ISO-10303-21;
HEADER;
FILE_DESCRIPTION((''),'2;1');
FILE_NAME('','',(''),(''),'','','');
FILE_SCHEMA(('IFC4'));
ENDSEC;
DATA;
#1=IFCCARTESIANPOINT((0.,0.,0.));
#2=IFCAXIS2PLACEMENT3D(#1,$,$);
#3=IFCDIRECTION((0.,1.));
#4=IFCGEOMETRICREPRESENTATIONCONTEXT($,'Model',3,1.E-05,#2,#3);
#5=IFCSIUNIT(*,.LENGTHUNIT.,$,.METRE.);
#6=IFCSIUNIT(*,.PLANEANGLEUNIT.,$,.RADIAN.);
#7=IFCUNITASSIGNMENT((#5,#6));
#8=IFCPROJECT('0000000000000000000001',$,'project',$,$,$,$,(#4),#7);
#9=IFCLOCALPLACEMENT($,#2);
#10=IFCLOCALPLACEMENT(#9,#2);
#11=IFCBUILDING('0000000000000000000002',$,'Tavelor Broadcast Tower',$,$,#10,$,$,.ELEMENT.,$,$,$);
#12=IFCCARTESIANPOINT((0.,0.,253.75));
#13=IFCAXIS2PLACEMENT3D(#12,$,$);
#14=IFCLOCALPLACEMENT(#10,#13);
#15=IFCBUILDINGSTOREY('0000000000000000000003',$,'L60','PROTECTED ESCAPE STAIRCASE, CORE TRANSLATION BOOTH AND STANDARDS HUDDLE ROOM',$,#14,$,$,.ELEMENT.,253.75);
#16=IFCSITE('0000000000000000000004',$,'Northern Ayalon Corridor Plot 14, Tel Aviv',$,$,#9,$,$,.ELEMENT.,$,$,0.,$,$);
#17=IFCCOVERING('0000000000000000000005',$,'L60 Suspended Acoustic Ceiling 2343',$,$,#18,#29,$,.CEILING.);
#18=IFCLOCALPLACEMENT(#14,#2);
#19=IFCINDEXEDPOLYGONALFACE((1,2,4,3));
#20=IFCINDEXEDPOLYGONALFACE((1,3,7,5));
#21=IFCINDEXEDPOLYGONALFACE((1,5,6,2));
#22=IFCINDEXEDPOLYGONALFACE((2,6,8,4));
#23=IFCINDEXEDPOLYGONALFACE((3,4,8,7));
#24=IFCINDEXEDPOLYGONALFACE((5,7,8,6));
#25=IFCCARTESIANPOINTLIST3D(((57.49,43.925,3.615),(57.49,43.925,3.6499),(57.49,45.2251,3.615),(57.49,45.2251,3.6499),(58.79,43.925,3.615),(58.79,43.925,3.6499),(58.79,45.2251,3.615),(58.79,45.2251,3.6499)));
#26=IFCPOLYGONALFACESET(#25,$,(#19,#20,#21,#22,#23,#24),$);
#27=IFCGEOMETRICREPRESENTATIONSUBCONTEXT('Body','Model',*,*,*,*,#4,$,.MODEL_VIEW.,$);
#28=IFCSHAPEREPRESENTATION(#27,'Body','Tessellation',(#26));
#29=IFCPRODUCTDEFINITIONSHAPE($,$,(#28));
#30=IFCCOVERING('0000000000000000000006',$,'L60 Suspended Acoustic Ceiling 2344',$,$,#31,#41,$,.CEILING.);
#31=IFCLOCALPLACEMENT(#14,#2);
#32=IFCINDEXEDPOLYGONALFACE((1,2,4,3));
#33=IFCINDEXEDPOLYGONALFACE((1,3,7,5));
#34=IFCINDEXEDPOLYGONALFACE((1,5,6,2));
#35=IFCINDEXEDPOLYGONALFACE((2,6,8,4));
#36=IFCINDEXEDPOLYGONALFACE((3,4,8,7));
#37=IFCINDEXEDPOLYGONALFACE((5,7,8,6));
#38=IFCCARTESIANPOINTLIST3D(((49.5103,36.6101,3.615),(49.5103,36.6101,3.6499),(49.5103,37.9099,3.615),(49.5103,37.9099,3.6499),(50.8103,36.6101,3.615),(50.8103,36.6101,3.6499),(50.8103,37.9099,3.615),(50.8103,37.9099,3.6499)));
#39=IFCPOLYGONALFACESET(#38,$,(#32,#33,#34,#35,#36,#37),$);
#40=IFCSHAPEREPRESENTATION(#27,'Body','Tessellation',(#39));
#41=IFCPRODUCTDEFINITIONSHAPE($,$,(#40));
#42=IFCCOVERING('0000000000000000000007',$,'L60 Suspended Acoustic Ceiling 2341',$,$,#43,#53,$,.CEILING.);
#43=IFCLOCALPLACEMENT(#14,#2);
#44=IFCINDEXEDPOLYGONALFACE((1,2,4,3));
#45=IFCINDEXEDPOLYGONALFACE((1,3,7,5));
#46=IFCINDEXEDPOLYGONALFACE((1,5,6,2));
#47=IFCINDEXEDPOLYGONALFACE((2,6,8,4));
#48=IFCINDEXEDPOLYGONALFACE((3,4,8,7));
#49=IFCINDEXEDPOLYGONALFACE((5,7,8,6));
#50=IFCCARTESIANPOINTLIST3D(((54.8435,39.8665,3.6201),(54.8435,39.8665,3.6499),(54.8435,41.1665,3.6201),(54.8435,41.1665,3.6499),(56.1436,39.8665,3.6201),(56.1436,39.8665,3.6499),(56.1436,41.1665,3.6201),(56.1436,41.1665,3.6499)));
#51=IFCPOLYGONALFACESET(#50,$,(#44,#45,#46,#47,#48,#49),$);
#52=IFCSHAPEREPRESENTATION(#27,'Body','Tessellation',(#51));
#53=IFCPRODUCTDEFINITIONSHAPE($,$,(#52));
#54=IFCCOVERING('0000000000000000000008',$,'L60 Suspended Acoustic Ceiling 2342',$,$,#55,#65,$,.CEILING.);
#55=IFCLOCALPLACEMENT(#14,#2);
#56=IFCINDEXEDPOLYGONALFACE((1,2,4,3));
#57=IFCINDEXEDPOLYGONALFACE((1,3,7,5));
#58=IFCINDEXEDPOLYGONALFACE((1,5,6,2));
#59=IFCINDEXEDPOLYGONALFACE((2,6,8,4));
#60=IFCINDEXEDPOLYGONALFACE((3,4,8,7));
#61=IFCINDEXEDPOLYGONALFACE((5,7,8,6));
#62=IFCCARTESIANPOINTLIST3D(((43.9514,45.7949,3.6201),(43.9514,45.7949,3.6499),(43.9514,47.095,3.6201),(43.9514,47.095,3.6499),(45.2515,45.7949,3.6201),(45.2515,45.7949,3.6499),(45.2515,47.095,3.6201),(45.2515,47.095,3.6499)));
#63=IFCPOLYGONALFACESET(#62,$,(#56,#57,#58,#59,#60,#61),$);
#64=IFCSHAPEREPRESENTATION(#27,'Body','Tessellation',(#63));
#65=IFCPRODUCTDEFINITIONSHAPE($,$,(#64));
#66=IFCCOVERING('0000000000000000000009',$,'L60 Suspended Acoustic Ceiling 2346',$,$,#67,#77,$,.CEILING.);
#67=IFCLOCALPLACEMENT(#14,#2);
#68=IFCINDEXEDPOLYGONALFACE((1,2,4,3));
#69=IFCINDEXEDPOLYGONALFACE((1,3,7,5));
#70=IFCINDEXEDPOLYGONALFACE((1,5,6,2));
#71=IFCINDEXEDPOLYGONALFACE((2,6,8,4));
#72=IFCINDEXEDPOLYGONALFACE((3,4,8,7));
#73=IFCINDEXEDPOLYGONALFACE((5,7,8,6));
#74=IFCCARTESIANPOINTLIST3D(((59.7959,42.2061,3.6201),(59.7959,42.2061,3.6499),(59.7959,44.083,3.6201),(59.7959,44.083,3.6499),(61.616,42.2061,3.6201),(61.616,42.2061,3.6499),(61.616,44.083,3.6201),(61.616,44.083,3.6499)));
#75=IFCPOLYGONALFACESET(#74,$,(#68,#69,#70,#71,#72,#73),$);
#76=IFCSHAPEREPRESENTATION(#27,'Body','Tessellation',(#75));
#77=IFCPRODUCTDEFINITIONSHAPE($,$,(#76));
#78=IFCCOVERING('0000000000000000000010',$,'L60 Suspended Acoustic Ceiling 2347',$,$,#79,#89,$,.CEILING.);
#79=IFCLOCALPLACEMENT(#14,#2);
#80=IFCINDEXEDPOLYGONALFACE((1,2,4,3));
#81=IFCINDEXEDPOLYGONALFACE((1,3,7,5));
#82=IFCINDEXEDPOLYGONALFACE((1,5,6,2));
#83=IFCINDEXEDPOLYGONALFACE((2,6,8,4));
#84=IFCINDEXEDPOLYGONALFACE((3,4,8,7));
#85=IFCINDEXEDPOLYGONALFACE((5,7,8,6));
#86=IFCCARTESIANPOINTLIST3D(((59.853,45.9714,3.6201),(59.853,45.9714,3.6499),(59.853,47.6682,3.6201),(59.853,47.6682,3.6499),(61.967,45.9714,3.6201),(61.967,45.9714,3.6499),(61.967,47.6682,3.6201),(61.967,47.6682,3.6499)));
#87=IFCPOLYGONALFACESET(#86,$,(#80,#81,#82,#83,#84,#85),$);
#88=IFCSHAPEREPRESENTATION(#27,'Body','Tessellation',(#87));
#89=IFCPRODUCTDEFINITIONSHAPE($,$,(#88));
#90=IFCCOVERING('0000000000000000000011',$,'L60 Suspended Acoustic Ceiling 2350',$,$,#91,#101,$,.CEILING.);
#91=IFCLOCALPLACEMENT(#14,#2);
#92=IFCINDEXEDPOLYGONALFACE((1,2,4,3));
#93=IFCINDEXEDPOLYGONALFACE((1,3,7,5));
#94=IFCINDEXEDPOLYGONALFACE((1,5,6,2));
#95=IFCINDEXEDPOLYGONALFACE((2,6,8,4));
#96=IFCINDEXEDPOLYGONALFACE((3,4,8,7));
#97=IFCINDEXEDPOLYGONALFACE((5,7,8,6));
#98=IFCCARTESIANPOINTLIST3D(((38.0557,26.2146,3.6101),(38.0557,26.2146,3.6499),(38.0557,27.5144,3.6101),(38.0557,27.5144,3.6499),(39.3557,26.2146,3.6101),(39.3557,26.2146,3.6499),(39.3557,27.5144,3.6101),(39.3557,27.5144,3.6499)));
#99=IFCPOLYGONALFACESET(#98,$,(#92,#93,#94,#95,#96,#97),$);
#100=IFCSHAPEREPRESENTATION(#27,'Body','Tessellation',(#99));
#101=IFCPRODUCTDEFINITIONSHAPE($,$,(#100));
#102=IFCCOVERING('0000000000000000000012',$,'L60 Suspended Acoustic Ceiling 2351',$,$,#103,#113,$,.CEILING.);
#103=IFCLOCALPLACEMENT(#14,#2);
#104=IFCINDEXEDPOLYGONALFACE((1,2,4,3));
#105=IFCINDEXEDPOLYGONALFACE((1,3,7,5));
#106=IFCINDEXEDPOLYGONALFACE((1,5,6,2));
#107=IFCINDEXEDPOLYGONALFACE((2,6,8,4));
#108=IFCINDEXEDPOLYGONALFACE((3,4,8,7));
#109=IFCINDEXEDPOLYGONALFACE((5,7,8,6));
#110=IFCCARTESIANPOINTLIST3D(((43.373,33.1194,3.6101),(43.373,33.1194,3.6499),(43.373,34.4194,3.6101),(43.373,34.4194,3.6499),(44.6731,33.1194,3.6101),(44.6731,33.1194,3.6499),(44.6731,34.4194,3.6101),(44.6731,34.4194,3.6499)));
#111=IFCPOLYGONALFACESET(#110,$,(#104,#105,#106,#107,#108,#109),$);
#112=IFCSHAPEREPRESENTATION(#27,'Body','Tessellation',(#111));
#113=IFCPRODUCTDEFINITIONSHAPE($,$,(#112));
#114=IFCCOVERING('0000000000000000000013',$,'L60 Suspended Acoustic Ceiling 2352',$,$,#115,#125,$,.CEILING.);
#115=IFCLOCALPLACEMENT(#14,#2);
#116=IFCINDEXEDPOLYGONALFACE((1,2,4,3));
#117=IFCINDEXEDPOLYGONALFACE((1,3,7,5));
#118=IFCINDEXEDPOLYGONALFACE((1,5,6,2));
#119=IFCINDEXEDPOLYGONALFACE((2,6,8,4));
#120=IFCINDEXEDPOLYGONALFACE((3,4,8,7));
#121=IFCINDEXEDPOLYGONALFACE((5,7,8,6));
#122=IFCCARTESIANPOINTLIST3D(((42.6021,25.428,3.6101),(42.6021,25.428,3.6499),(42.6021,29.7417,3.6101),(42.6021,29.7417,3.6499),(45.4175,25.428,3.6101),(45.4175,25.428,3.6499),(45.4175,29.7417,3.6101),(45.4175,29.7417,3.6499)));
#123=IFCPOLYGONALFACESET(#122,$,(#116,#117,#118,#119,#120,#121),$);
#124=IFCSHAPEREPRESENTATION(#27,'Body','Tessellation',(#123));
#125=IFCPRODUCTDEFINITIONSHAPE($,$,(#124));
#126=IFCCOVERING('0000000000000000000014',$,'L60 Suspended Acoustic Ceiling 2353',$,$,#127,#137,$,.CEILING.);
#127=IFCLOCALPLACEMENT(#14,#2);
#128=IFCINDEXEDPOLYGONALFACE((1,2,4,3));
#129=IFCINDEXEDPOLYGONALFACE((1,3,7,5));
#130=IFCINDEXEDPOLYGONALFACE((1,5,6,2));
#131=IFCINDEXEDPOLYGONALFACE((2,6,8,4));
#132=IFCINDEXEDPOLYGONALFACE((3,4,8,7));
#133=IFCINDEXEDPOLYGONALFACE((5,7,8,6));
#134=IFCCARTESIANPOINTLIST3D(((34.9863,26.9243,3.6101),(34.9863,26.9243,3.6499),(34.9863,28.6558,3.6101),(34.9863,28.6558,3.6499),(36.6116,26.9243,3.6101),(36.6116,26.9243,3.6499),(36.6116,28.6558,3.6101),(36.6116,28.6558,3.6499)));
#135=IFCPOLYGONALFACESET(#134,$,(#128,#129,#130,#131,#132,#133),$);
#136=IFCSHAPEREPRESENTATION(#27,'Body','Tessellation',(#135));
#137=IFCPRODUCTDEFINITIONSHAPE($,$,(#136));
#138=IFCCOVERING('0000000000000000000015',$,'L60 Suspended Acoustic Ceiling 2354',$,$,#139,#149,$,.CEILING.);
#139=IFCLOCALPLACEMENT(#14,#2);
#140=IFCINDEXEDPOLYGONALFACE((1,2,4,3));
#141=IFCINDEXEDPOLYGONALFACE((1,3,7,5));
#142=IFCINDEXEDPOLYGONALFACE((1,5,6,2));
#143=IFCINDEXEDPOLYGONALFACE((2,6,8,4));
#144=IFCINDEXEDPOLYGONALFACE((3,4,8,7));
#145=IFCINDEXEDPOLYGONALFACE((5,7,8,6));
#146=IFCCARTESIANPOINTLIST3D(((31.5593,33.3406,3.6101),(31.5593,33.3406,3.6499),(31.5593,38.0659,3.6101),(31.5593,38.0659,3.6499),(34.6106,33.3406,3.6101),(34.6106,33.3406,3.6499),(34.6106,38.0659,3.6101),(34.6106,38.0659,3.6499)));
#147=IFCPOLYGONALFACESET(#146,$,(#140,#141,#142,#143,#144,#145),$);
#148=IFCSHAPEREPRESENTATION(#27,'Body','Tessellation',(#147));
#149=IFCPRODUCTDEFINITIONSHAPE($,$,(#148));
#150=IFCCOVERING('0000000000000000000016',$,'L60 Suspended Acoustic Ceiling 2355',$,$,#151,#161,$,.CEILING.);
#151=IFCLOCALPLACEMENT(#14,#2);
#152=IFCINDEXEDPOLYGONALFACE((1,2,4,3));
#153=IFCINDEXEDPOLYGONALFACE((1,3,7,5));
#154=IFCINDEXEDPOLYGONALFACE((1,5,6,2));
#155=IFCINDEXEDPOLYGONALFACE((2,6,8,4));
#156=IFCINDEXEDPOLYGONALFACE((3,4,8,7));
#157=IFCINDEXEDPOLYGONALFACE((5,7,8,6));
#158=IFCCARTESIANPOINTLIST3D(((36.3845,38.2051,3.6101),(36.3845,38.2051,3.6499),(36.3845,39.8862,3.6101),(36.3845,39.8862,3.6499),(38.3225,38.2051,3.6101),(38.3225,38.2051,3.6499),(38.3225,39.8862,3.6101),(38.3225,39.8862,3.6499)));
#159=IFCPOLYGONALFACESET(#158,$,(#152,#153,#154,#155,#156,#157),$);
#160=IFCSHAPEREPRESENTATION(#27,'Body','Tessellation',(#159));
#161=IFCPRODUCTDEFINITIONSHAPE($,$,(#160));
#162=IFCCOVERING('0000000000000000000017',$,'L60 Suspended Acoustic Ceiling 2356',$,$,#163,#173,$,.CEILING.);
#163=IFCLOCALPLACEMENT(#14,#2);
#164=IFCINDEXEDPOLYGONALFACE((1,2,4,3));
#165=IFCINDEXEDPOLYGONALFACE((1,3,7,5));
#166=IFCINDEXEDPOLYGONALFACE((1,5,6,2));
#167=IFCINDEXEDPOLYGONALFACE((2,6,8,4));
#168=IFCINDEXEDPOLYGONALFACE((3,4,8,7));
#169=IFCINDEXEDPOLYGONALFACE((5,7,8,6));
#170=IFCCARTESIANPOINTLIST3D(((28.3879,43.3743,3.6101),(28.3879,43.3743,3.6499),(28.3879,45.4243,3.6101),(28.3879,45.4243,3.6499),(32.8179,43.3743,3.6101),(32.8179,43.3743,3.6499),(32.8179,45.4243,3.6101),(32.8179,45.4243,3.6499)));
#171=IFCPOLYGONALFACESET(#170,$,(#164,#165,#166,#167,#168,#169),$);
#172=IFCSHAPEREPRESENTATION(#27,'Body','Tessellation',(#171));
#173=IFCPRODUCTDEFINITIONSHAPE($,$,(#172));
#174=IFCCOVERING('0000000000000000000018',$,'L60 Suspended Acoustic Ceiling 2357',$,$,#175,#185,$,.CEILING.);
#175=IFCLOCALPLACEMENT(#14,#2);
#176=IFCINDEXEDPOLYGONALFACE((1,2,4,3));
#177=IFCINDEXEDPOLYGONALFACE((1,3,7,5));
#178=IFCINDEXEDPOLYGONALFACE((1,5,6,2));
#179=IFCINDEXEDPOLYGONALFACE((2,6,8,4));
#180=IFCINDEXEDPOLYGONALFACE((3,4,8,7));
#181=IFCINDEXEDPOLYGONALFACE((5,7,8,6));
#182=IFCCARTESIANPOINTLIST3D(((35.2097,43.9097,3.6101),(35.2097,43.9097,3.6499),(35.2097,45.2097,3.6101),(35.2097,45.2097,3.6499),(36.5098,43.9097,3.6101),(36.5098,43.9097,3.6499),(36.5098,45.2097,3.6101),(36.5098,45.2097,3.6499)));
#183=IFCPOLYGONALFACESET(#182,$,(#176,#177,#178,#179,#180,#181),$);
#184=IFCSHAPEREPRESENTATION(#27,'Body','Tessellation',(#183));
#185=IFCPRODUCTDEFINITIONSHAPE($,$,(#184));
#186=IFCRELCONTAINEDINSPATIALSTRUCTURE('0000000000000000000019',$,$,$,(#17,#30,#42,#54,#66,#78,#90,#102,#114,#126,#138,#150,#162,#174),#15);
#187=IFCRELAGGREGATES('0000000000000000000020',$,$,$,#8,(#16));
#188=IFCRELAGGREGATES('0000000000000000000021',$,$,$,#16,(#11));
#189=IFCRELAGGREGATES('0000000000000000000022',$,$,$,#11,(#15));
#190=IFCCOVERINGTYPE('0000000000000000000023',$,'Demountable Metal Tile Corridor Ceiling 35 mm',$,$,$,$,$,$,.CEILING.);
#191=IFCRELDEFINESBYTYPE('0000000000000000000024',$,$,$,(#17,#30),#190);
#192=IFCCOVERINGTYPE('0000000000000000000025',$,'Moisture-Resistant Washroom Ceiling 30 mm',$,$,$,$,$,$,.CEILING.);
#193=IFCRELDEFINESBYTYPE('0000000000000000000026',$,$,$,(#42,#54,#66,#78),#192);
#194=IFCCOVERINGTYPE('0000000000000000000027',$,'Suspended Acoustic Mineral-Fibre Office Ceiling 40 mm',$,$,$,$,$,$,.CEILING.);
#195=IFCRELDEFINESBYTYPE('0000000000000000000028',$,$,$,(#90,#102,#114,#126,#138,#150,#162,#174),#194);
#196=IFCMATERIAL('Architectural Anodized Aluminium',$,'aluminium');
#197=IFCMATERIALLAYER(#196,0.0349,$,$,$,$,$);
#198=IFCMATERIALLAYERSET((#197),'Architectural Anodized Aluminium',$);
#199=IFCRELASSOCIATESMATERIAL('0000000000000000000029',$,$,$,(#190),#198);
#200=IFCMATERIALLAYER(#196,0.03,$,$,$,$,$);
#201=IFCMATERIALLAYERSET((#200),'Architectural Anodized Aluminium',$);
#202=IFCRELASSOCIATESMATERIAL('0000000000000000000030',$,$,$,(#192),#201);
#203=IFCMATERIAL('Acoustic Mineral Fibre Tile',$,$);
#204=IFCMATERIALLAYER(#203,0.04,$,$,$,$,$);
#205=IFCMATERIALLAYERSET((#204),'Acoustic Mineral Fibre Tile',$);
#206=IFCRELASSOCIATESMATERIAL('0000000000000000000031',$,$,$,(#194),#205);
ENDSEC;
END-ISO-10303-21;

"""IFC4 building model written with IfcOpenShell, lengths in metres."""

from ifc_helpers import new_model, si_unit, direction, frame, origin, place, context, subcontext, project, spatial, polyline, outline, extrude, material, layer, layer_set, type_object, element, save


model = new_model("IFC4")

# Units and contexts
model_context = context("Model", 3, precision=1e-05, world=origin(), true_north=direction((0.0, 1.0)))
body_context = subcontext(model_context, "Body", "Model", "MODEL_VIEW")
ifc_project = project(units=[si_unit("LENGTHUNIT", "METRE"), si_unit("PLANEANGLEUNIT", "RADIAN")], contexts=[model_context])

# Site, building, storey
site_placement = place(None, origin())
site = spatial("IfcSite", under=ifc_project, at=site_placement, Name="Northern Ayalon Corridor Plot 14, Tel Aviv", CompositionType="ELEMENT", RefElevation=0.0)
building_placement = place(site_placement, origin())
building = spatial("IfcBuilding", under=site, at=building_placement, Name="Tavelor Broadcast Tower", CompositionType="ELEMENT")
storey_placement = place(building_placement, frame((0.0, 0.0, 253.75)))
storey = spatial("IfcBuildingStorey", under=building, at=storey_placement, Name="L60", Description="PROTECTED ESCAPE STAIRCASE, CORE TRANSLATION BOOTH AND STANDARDS HUDDLE ROOM", CompositionType="ELEMENT", Elevation=253.75)

# Coverings
ifc_material_1 = material(Name="Architectural Anodized Aluminium", Category="aluminium")
ifc_layer_1 = layer(ifc_material_1, 0.0349)
ifc_layer_set_1 = layer_set([ifc_layer_1], Name="Architectural Anodized Aluminium")
covering_type_1 = type_object("IfcCoveringType", Name="Demountable Metal Tile Corridor Ceiling 35 mm", PredefinedType="CEILING", material=ifc_layer_set_1)
covering_1_placement = place(storey_placement, frame((0.0, 0.0, 3.615)))
element("IfcCovering", 1, at=covering_1_placement, inside=storey, type_object=covering_type_1, Name="L60 Suspended Acoustic Ceiling 2343", PredefinedType="CEILING", context=body_context, shape_type="SweptSolid", body=[
    extrude(outline(polyline([(57.49, 43.925), (58.79, 43.925), (58.79, 45.2251), (57.49, 45.2251), (57.49, 43.925)])), origin(), (0.0, 0.0, 1.0), 0.0349),
])
covering_2_placement = place(storey_placement, frame((0.0, 0.0, 3.615)))
element("IfcCovering", 2, at=covering_2_placement, inside=storey, type_object=covering_type_1, Name="L60 Suspended Acoustic Ceiling 2344", PredefinedType="CEILING", context=body_context, shape_type="SweptSolid", body=[
    extrude(outline(polyline([(49.5103, 36.6101), (50.8103, 36.6101), (50.8103, 37.9099), (49.5103, 37.9099), (49.5103, 36.6101)])), origin(), (0.0, 0.0, 1.0), 0.0349),
])
ifc_layer_2 = layer(ifc_material_1, 0.03)
ifc_layer_set_2 = layer_set([ifc_layer_2], Name="Architectural Anodized Aluminium")
covering_type_2 = type_object("IfcCoveringType", Name="Moisture-Resistant Washroom Ceiling 30 mm", PredefinedType="CEILING", material=ifc_layer_set_2)
covering_3_placement = place(storey_placement, frame((0.0, 0.0, 3.6201)))
element("IfcCovering", 3, at=covering_3_placement, inside=storey, type_object=covering_type_2, Name="L60 Suspended Acoustic Ceiling 2341", PredefinedType="CEILING", context=body_context, shape_type="SweptSolid", body=[
    extrude(outline(polyline([(54.8435, 39.8665), (56.1436, 39.8665), (56.1436, 41.1665), (54.8435, 41.1665), (54.8435, 39.8665)])), origin(), (0.0, 0.0, 1.0), 0.0298),
])
covering_4_placement = place(storey_placement, frame((0.0, 0.0, 3.6201)))
element("IfcCovering", 4, at=covering_4_placement, inside=storey, type_object=covering_type_2, Name="L60 Suspended Acoustic Ceiling 2342", PredefinedType="CEILING", context=body_context, shape_type="SweptSolid", body=[
    extrude(outline(polyline([(43.9514, 45.7949), (45.2515, 45.7949), (45.2515, 47.095), (43.9514, 47.095), (43.9514, 45.7949)])), origin(), (0.0, 0.0, 1.0), 0.0298),
])
covering_5_placement = place(storey_placement, frame((0.0, 0.0, 3.6201)))
element("IfcCovering", 5, at=covering_5_placement, inside=storey, type_object=covering_type_2, Name="L60 Suspended Acoustic Ceiling 2346", PredefinedType="CEILING", context=body_context, shape_type="SweptSolid", body=[
    extrude(outline(polyline([(59.7959, 42.2061), (61.616, 42.2061), (61.616, 44.083), (59.7959, 44.083), (59.7959, 42.2061)])), origin(), (0.0, 0.0, 1.0), 0.0298),
])
covering_6_placement = place(storey_placement, frame((0.0, 0.0, 3.6201)))
element("IfcCovering", 6, at=covering_6_placement, inside=storey, type_object=covering_type_2, Name="L60 Suspended Acoustic Ceiling 2347", PredefinedType="CEILING", context=body_context, shape_type="SweptSolid", body=[
    extrude(outline(polyline([(59.853, 45.9714), (61.967, 45.9714), (61.967, 47.6682), (59.853, 47.6682), (59.853, 45.9714)])), origin(), (0.0, 0.0, 1.0), 0.0298),
])
ifc_material_2 = material(Name="Acoustic Mineral Fibre Tile")
ifc_layer_3 = layer(ifc_material_2, 0.04)
ifc_layer_set_3 = layer_set([ifc_layer_3], Name="Acoustic Mineral Fibre Tile")
covering_type_3 = type_object("IfcCoveringType", Name="Suspended Acoustic Mineral-Fibre Office Ceiling 40 mm", PredefinedType="CEILING", material=ifc_layer_set_3)
covering_7_placement = place(storey_placement, frame((0.0, 0.0, 3.6101)))
element("IfcCovering", 7, at=covering_7_placement, inside=storey, type_object=covering_type_3, Name="L60 Suspended Acoustic Ceiling 2350", PredefinedType="CEILING", context=body_context, shape_type="SweptSolid", body=[
    extrude(outline(polyline([(38.0557, 26.2146), (39.3557, 26.2146), (39.3557, 27.5144), (38.0557, 27.5144), (38.0557, 26.2146)])), origin(), (0.0, 0.0, 1.0), 0.0398),
])
covering_8_placement = place(storey_placement, frame((0.0, 0.0, 3.6101)))
element("IfcCovering", 8, at=covering_8_placement, inside=storey, type_object=covering_type_3, Name="L60 Suspended Acoustic Ceiling 2351", PredefinedType="CEILING", context=body_context, shape_type="SweptSolid", body=[
    extrude(outline(polyline([(43.373, 33.1194), (44.6731, 33.1194), (44.6731, 34.4194), (43.373, 34.4194), (43.373, 33.1194)])), origin(), (0.0, 0.0, 1.0), 0.0398),
])
covering_9_placement = place(storey_placement, frame((0.0, 0.0, 3.6101)))
element("IfcCovering", 9, at=covering_9_placement, inside=storey, type_object=covering_type_3, Name="L60 Suspended Acoustic Ceiling 2352", PredefinedType="CEILING", context=body_context, shape_type="SweptSolid", body=[
    extrude(outline(polyline([(42.6021, 25.428), (45.4175, 25.428), (45.4175, 29.7417), (42.6021, 29.7417), (42.6021, 25.428)])), origin(), (0.0, 0.0, 1.0), 0.0398),
])
covering_10_placement = place(storey_placement, frame((0.0, 0.0, 3.6101)))
element("IfcCovering", 10, at=covering_10_placement, inside=storey, type_object=covering_type_3, Name="L60 Suspended Acoustic Ceiling 2353", PredefinedType="CEILING", context=body_context, shape_type="SweptSolid", body=[
    extrude(outline(polyline([(34.9863, 26.9243), (36.6116, 26.9243), (36.6116, 28.6558), (34.9863, 28.6558), (34.9863, 26.9243)])), origin(), (0.0, 0.0, 1.0), 0.0398),
])
covering_11_placement = place(storey_placement, frame((0.0, 0.0, 3.6101)))
element("IfcCovering", 11, at=covering_11_placement, inside=storey, type_object=covering_type_3, Name="L60 Suspended Acoustic Ceiling 2354", PredefinedType="CEILING", context=body_context, shape_type="SweptSolid", body=[
    extrude(outline(polyline([(31.5593, 33.3406), (34.6106, 33.3406), (34.6106, 38.0659), (31.5593, 38.0659), (31.5593, 33.3406)])), origin(), (0.0, 0.0, 1.0), 0.0398),
])
covering_12_placement = place(storey_placement, frame((0.0, 0.0, 3.6101)))
element("IfcCovering", 12, at=covering_12_placement, inside=storey, type_object=covering_type_3, Name="L60 Suspended Acoustic Ceiling 2355", PredefinedType="CEILING", context=body_context, shape_type="SweptSolid", body=[
    extrude(outline(polyline([(36.3845, 38.2051), (38.3225, 38.2051), (38.3225, 39.8862), (36.3845, 39.8862), (36.3845, 38.2051)])), origin(), (0.0, 0.0, 1.0), 0.0398),
])
covering_13_placement = place(storey_placement, frame((0.0, 0.0, 3.6101)))
element("IfcCovering", 13, at=covering_13_placement, inside=storey, type_object=covering_type_3, Name="L60 Suspended Acoustic Ceiling 2356", PredefinedType="CEILING", context=body_context, shape_type="SweptSolid", body=[
    extrude(outline(polyline([(28.3879, 43.3743), (32.8179, 43.3743), (32.8179, 45.4243), (28.3879, 45.4243), (28.3879, 43.3743)])), origin(), (0.0, 0.0, 1.0), 0.0398),
])
covering_14_placement = place(storey_placement, frame((0.0, 0.0, 3.6101)))
element("IfcCovering", 14, at=covering_14_placement, inside=storey, type_object=covering_type_3, Name="L60 Suspended Acoustic Ceiling 2357", PredefinedType="CEILING", context=body_context, shape_type="SweptSolid", body=[
    extrude(outline(polyline([(35.2097, 43.9097), (36.5098, 43.9097), (36.5098, 45.2097), (35.2097, 45.2097), (35.2097, 43.9097)])), origin(), (0.0, 0.0, 1.0), 0.0398),
])

save(model, "model.ifc")
